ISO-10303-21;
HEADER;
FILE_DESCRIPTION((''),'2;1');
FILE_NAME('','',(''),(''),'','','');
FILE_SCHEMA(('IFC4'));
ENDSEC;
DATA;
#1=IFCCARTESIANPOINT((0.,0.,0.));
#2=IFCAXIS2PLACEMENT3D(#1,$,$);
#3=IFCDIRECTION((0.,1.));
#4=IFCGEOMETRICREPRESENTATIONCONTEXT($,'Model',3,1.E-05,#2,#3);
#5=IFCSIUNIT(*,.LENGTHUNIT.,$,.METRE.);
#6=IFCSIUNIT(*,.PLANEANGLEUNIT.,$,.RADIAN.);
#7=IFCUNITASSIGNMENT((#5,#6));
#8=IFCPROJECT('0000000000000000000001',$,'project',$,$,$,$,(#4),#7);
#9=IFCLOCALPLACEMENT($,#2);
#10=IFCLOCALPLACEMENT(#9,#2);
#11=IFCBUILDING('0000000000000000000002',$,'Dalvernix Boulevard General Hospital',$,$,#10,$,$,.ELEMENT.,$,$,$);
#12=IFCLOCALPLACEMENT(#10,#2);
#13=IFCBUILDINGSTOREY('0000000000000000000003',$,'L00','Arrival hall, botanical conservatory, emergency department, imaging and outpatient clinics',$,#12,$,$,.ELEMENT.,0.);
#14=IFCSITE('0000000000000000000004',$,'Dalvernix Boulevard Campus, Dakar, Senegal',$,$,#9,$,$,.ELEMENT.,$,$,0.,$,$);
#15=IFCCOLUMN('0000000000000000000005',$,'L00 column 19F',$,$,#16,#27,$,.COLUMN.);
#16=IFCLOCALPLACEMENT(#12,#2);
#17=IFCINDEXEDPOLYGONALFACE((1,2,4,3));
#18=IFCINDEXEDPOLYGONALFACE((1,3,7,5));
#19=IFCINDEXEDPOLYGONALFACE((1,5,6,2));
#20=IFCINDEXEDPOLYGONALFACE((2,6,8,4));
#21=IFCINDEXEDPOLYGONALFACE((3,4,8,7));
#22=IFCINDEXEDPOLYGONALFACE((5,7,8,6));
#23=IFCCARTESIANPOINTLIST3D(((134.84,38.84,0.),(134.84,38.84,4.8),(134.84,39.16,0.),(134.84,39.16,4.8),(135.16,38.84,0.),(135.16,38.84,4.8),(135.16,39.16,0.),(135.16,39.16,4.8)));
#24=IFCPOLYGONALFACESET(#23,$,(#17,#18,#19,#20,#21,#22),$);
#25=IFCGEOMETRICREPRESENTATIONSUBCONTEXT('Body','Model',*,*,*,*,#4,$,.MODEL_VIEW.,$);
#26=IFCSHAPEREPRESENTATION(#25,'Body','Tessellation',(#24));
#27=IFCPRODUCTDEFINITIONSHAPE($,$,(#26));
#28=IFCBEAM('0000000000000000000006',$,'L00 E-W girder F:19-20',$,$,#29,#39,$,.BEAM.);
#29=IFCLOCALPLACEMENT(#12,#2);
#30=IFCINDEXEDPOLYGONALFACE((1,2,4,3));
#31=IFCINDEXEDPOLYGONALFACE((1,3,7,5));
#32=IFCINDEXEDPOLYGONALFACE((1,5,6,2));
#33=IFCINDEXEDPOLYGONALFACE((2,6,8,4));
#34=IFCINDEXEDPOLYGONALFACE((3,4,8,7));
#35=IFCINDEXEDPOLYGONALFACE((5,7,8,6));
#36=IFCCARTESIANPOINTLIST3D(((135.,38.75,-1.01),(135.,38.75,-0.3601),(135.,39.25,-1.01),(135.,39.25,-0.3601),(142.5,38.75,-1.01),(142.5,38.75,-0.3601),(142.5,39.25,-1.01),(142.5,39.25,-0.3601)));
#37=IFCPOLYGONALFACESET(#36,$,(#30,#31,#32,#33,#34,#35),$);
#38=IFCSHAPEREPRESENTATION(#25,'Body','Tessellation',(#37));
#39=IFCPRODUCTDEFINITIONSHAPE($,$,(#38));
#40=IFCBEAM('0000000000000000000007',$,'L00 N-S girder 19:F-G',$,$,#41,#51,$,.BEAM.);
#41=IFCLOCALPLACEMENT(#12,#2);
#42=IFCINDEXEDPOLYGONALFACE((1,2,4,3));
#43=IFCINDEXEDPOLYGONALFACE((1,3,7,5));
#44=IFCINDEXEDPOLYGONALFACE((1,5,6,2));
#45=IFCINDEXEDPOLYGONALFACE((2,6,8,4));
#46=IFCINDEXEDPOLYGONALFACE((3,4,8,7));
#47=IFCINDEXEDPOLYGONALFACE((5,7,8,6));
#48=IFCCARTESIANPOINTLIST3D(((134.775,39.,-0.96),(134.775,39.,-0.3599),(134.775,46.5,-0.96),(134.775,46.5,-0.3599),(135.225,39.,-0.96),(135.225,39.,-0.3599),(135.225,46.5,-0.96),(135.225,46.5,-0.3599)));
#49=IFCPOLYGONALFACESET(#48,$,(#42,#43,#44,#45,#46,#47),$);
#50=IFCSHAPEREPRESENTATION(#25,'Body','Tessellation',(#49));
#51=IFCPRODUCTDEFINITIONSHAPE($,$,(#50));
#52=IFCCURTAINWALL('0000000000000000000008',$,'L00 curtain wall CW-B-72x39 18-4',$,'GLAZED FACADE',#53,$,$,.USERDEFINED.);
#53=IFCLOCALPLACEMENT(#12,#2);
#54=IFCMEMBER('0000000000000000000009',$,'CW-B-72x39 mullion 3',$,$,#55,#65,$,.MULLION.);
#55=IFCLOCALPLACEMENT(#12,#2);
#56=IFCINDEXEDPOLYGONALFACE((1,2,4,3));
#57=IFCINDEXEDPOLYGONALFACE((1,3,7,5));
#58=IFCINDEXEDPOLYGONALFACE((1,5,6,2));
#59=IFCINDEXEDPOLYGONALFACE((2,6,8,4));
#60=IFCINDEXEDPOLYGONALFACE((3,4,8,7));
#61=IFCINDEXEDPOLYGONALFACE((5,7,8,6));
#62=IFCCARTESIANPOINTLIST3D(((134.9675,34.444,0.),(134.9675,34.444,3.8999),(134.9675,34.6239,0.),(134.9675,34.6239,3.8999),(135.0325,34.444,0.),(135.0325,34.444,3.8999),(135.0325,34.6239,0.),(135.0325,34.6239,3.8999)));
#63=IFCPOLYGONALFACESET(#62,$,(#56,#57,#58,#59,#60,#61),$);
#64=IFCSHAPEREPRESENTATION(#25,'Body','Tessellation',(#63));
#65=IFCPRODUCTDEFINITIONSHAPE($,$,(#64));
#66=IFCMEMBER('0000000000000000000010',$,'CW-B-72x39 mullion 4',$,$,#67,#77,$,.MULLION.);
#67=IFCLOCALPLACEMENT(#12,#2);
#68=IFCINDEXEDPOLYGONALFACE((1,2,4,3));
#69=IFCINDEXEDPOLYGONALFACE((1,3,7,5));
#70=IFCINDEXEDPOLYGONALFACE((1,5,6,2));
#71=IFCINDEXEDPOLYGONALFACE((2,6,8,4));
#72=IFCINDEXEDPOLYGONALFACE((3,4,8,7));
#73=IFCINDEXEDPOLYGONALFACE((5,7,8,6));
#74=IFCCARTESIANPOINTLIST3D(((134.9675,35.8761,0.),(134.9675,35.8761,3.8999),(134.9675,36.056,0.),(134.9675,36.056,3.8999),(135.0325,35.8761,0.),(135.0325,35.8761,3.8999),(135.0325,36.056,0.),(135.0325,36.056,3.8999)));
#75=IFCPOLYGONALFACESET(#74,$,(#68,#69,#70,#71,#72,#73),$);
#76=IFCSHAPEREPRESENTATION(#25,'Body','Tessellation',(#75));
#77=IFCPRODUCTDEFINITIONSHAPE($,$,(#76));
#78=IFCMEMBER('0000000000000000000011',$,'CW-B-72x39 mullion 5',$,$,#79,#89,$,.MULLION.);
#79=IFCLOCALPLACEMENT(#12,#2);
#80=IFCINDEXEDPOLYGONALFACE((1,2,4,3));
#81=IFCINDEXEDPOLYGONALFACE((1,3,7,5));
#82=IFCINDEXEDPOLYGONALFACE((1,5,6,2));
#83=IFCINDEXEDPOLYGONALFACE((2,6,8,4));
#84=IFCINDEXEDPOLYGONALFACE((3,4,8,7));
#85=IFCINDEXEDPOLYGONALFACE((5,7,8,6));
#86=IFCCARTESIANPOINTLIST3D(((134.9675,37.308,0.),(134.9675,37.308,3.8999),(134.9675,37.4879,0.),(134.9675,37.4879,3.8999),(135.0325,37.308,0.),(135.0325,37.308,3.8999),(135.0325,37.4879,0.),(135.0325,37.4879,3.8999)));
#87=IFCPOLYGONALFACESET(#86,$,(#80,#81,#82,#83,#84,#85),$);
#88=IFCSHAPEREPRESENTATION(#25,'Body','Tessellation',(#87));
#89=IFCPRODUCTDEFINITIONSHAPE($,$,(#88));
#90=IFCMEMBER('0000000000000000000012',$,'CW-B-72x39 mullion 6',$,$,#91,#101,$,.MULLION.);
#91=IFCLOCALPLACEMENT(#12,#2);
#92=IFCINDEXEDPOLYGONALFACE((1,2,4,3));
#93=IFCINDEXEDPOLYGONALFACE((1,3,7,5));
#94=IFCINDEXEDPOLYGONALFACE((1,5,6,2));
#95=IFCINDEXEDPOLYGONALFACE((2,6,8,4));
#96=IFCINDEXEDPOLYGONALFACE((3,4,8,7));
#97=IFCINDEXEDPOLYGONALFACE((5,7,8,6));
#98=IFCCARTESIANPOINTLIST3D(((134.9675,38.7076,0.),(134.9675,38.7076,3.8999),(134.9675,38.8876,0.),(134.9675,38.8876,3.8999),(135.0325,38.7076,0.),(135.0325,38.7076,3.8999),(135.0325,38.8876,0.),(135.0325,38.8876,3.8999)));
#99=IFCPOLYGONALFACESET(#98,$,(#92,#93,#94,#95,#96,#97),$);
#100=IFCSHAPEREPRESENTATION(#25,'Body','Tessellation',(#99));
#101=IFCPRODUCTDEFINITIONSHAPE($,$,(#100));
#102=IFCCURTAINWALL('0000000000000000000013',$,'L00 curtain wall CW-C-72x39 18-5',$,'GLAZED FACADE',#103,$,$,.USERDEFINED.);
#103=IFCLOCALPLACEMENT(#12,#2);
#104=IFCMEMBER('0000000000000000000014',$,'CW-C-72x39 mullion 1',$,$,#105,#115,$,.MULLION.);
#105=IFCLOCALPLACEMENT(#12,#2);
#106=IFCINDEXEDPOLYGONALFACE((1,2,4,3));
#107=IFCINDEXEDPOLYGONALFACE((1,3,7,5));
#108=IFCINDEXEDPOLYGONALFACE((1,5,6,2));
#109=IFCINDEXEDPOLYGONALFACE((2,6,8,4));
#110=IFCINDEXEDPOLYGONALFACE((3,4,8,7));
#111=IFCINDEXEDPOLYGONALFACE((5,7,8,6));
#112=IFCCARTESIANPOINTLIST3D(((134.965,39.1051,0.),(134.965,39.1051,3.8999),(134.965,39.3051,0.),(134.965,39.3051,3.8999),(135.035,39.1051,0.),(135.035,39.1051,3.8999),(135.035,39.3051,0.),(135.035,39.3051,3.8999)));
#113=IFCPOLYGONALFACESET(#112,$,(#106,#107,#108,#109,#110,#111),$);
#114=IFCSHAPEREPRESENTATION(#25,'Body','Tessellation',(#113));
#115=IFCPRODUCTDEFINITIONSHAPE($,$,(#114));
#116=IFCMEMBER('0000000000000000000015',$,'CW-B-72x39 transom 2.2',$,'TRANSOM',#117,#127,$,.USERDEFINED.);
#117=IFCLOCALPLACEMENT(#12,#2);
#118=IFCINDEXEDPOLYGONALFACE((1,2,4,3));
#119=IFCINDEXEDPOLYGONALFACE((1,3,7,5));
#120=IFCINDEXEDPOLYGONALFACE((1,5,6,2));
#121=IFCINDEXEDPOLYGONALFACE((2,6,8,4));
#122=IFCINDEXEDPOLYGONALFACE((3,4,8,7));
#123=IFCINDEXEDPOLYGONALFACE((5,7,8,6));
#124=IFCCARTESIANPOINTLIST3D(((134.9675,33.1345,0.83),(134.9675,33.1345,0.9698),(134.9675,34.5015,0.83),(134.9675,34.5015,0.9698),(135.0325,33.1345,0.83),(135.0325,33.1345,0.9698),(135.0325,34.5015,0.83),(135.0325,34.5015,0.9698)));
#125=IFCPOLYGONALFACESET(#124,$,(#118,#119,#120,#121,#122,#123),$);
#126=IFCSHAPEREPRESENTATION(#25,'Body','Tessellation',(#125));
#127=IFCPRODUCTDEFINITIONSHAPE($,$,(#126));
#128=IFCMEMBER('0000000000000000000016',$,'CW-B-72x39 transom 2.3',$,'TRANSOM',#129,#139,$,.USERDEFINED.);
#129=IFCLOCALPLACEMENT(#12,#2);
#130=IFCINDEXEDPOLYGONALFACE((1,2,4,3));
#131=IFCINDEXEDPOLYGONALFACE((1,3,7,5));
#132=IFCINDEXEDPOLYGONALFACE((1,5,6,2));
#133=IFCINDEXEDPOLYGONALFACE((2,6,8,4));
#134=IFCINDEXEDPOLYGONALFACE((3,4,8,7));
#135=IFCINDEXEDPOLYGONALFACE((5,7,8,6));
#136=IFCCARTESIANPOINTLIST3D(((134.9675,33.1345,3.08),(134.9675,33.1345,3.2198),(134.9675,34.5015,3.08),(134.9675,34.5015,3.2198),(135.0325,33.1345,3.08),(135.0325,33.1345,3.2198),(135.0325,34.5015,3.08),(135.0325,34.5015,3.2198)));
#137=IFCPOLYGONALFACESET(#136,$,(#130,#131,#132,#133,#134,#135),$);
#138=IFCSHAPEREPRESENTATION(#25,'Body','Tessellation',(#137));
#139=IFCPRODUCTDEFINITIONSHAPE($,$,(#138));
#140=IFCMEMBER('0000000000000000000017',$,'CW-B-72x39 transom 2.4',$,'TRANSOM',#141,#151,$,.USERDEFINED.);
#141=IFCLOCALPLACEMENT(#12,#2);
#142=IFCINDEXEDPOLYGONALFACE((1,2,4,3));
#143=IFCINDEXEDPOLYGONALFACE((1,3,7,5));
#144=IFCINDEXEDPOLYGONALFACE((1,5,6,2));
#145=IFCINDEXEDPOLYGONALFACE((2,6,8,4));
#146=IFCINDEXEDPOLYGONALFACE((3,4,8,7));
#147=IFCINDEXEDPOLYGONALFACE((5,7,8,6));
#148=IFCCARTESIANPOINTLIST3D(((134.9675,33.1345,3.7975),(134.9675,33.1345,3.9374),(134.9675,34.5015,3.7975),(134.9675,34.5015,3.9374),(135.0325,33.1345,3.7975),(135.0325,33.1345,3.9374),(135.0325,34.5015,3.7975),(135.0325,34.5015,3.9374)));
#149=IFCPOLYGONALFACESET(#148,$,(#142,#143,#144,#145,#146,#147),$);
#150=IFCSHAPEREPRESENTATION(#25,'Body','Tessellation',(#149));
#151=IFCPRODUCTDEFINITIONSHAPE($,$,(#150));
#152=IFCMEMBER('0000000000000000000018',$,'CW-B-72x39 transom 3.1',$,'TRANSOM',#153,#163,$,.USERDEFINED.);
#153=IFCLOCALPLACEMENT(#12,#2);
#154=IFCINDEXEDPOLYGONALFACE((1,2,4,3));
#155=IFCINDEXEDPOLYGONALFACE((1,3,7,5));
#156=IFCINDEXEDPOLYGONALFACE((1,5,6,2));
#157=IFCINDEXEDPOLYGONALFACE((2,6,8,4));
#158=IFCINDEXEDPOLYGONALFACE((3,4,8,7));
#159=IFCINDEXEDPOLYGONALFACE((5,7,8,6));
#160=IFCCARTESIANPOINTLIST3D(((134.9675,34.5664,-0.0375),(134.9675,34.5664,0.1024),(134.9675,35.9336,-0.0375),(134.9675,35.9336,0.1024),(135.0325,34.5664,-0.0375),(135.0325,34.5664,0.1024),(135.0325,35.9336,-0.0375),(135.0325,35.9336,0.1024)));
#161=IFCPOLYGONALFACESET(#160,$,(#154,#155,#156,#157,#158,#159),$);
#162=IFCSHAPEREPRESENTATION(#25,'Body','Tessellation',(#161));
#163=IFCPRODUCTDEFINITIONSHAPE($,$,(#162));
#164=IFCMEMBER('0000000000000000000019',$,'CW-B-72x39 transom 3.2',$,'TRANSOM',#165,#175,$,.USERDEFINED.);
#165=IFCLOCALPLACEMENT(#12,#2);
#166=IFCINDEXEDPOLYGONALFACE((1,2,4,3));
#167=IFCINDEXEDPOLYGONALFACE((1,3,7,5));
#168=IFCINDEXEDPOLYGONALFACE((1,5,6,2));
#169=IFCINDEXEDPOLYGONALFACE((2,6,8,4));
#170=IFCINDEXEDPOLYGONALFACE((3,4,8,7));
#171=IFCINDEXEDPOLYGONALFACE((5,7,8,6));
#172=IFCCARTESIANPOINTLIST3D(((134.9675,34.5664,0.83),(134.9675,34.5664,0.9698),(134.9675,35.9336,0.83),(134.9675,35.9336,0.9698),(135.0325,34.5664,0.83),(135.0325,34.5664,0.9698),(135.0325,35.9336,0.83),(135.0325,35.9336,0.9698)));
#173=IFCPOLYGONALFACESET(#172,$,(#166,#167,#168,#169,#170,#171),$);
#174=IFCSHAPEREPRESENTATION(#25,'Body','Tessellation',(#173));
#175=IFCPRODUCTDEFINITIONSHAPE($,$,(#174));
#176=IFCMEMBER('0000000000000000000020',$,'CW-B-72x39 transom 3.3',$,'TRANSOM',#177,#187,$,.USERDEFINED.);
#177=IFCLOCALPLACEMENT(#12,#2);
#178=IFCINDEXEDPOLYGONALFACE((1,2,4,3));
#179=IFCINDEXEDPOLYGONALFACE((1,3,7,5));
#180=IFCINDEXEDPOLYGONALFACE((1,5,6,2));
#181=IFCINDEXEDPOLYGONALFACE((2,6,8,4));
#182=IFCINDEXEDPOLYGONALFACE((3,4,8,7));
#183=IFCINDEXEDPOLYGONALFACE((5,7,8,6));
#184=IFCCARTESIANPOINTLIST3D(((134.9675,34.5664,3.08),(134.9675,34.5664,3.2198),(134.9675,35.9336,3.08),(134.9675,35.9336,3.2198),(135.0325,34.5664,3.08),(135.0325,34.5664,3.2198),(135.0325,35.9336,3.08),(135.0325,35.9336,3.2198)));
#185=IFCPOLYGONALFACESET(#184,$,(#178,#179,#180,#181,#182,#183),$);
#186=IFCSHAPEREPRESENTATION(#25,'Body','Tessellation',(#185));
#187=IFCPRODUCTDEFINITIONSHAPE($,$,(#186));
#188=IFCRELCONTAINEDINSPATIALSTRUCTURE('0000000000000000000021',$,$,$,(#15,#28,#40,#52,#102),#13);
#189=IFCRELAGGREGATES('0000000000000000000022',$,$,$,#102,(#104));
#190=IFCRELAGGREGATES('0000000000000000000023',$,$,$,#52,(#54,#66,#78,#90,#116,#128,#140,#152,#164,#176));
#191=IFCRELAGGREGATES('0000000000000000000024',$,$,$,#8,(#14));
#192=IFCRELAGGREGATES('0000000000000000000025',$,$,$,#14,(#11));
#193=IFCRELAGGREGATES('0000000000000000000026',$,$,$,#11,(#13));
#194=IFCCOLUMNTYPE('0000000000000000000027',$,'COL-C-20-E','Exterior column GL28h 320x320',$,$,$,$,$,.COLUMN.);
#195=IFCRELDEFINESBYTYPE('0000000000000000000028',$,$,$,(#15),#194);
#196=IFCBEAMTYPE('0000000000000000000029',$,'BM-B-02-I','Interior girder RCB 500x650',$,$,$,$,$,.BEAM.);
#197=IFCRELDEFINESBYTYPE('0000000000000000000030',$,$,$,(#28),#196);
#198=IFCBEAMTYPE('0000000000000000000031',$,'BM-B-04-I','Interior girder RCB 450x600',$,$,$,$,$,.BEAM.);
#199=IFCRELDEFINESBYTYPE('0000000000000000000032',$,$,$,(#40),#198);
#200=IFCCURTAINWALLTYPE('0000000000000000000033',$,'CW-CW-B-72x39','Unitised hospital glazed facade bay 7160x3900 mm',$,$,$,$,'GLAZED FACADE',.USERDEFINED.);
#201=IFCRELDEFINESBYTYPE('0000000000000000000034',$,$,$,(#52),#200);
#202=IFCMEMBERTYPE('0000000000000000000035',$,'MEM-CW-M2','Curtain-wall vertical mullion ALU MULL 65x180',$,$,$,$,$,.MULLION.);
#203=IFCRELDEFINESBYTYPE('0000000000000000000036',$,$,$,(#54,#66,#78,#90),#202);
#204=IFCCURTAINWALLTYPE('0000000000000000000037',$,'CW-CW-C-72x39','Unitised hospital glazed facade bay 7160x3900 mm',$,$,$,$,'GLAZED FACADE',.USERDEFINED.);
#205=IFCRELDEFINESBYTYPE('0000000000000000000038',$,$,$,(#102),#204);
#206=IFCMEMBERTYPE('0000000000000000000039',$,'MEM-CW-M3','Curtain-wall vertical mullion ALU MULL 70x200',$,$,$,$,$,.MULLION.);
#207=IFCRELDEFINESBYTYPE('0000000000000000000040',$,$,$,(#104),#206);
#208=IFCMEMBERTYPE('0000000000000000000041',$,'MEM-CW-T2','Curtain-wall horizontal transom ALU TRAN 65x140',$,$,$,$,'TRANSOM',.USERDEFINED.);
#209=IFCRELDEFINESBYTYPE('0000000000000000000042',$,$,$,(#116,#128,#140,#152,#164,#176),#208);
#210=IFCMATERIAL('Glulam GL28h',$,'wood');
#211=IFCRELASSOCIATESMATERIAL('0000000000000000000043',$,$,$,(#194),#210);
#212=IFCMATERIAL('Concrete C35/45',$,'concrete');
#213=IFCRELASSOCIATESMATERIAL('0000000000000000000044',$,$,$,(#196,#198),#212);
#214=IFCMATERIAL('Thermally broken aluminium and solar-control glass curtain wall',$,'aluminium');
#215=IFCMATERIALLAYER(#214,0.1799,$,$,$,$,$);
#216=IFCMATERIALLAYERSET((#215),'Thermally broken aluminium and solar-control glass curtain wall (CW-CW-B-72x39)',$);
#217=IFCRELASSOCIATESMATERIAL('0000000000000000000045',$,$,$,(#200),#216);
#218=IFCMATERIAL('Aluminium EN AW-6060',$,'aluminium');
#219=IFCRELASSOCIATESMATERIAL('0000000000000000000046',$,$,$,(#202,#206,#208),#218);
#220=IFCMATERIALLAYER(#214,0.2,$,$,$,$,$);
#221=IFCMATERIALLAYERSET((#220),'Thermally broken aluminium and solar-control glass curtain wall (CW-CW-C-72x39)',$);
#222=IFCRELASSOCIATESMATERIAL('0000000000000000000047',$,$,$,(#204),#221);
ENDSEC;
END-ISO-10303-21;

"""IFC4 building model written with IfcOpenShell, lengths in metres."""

from ifc_helpers import new_model, si_unit, direction, frame, origin, origin_2d, place, context, subcontext, project, spatial, rectangle, extrude, material, layer, layer_set, material_profile, profile_set, type_object, element, aggregate, save


model = new_model("IFC4")

# Units and contexts
model_context = context("Model", 3, precision=1e-05, world=origin(), true_north=direction((0.0, 1.0)))
body_context = subcontext(model_context, "Body", "Model", "MODEL_VIEW")
ifc_project = project(units=[si_unit("LENGTHUNIT", "METRE"), si_unit("PLANEANGLEUNIT", "RADIAN")], contexts=[model_context])

# Site, building, storey
site_placement = place(None, origin())
site = spatial("IfcSite", under=ifc_project, at=site_placement, Name="Dalvernix Boulevard Campus, Dakar, Senegal", CompositionType="ELEMENT", RefElevation=0.0)
building_placement = place(site_placement, origin())
building = spatial("IfcBuilding", under=site, at=building_placement, Name="Dalvernix Boulevard General Hospital", CompositionType="ELEMENT")
storey_placement = place(building_placement, origin())
storey = spatial("IfcBuildingStorey", under=building, at=storey_placement, Name="L00", Description="Arrival hall, botanical conservatory, emergency department, imaging and outpatient clinics", CompositionType="ELEMENT", Elevation=0.0)

# Column
ifc_material_1 = material(Name="Glulam GL28h", Category="wood")
ifc_material_profile_1 = material_profile(ifc_material_1, rectangle(XDim=0.3201, YDim=0.3201, at=origin_2d()), Name="GL28h 320x320")
ifc_profile_set_1 = profile_set([ifc_material_profile_1], Name="Glulam GL28h")
column_type = type_object("IfcColumnType", Name="COL-C-20-E", Description="Exterior column GL28h 320x320", PredefinedType="COLUMN", material=ifc_profile_set_1)
column_placement = place(storey_placement, frame((135.0, 39.0, 0.0), z_axis=(0.0, 0.0, 1.0), x_axis=(1.0, 0.0, 0.0)))
element("IfcColumn", 1, at=column_placement, inside=storey, type_object=column_type, Name="L00 column 19F", PredefinedType="COLUMN", context=body_context, shape_type="SweptSolid", body=[
    extrude(rectangle(XDim=0.3201, YDim=0.3201, at=origin_2d()), origin(), (0.0, 0.0, 1.0), 4.8),
])

# Beams
ifc_material_2 = material(Name="Concrete C35/45", Category="concrete")
ifc_material_profile_2 = material_profile(ifc_material_2, rectangle(XDim=0.5, YDim=0.6499, at=origin_2d()), Name="RCB 500x650")
ifc_profile_set_2 = profile_set([ifc_material_profile_2], Name="Concrete C35/45")
beam_type_1 = type_object("IfcBeamType", Name="BM-B-02-I", Description="Interior girder RCB 500x650", PredefinedType="BEAM", material=ifc_profile_set_2)
beam_1_placement = place(storey_placement, frame((135.0, 39.0, -0.6851), z_axis=(1.0, 0.0, 0.0), x_axis=(0.0, 1.0, 0.0)))
element("IfcBeam", 2, at=beam_1_placement, inside=storey, type_object=beam_type_1, Name="L00 E-W girder F:19-20", PredefinedType="BEAM", context=body_context, shape_type="SweptSolid", body=[
    extrude(rectangle(XDim=0.5, YDim=0.6499, at=origin_2d()), origin(), (0.0, 0.0, 1.0), 7.5),
])
ifc_material_profile_3 = material_profile(ifc_material_2, rectangle(XDim=0.45, YDim=0.6001, at=origin_2d()), Name="RCB 450x600")
ifc_profile_set_3 = profile_set([ifc_material_profile_3], Name="Concrete C35/45")
beam_type_2 = type_object("IfcBeamType", Name="BM-B-04-I", Description="Interior girder RCB 450x600", PredefinedType="BEAM", material=ifc_profile_set_3)
beam_2_placement = place(storey_placement, frame((135.0, 39.0, -0.6599), z_axis=(0.0, 1.0, 0.0), x_axis=(-1.0, 0.0, 0.0)))
element("IfcBeam", 3, at=beam_2_placement, inside=storey, type_object=beam_type_2, Name="L00 N-S girder 19:F-G", PredefinedType="BEAM", context=body_context, shape_type="SweptSolid", body=[
    extrude(rectangle(XDim=0.45, YDim=0.6001, at=origin_2d()), origin(), (0.0, 0.0, 1.0), 7.5),
])

# Curtain wall, members
ifc_material_3 = material(Name="Thermally broken aluminium and solar-control glass curtain wall", Category="aluminium")
ifc_layer_1 = layer(ifc_material_3, 0.1799)
ifc_layer_set_1 = layer_set([ifc_layer_1], Name="Thermally broken aluminium and solar-control glass curtain wall (CW-CW-B-72x39)")
curtain_wall_type_1 = type_object("IfcCurtainWallType", Name="CW-CW-B-72x39", Description="Unitised hospital glazed facade bay 7160x3900 mm", ElementType="GLAZED FACADE", PredefinedType="USERDEFINED", material=ifc_layer_set_1)
curtain_wall_1_placement = place(storey_placement, origin())
curtain_wall_1 = element("IfcCurtainWall", 4, at=curtain_wall_1_placement, inside=storey, type_object=curtain_wall_type_1, Name="L00 curtain wall CW-B-72x39 18-4", ObjectType="GLAZED FACADE", PredefinedType="USERDEFINED")
ifc_material_4 = material(Name="Aluminium EN AW-6060", Category="aluminium")
ifc_material_profile_4 = material_profile(ifc_material_4, rectangle(XDim=0.0649, YDim=0.1799, at=origin_2d()), Name="ALU MULL 65x180")
ifc_profile_set_4 = profile_set([ifc_material_profile_4], Name="Aluminium EN AW-6060")
member_type_1 = type_object("IfcMemberType", Name="MEM-CW-M2", Description="Curtain-wall vertical mullion ALU MULL 65x180", PredefinedType="MULLION", material=ifc_profile_set_4)
member_1_placement = place(storey_placement, frame((135.0, 34.5339, 0.0), z_axis=(0.0, 0.0, 1.0), x_axis=(-1.0, 0.0, 0.0)))
member_1 = element("IfcMember", 5, at=member_1_placement, type_object=member_type_1, Name="CW-B-72x39 mullion 3", PredefinedType="MULLION", context=body_context, shape_type="SweptSolid", body=[
    extrude(rectangle(XDim=0.0649, YDim=0.1799, at=origin_2d()), origin(), (0.0, 0.0, 1.0), 3.8999),
])
member_2_placement = place(storey_placement, frame((135.0, 35.9661, 0.0), z_axis=(0.0, 0.0, 1.0), x_axis=(-1.0, 0.0, 0.0)))
member_2 = element("IfcMember", 6, at=member_2_placement, type_object=member_type_1, Name="CW-B-72x39 mullion 4", PredefinedType="MULLION", context=body_context, shape_type="SweptSolid", body=[
    extrude(rectangle(XDim=0.0649, YDim=0.1799, at=origin_2d()), origin(), (0.0, 0.0, 1.0), 3.8999),
])
member_3_placement = place(storey_placement, frame((135.0, 37.3979, 0.0), z_axis=(0.0, 0.0, 1.0), x_axis=(-1.0, 0.0, 0.0)))
member_3 = element("IfcMember", 7, at=member_3_placement, type_object=member_type_1, Name="CW-B-72x39 mullion 5", PredefinedType="MULLION", context=body_context, shape_type="SweptSolid", body=[
    extrude(rectangle(XDim=0.0649, YDim=0.1799, at=origin_2d()), origin(), (0.0, 0.0, 1.0), 3.8999),
])
member_4_placement = place(storey_placement, frame((135.0, 38.7976, 0.0), z_axis=(0.0, 0.0, 1.0), x_axis=(-1.0, 0.0, 0.0)))
member_4 = element("IfcMember", 8, at=member_4_placement, type_object=member_type_1, Name="CW-B-72x39 mullion 6", PredefinedType="MULLION", context=body_context, shape_type="SweptSolid", body=[
    extrude(rectangle(XDim=0.0649, YDim=0.1799, at=origin_2d()), origin(), (0.0, 0.0, 1.0), 3.8999),
])

# Curtain wall, member
ifc_layer_2 = layer(ifc_material_3, 0.2)
ifc_layer_set_2 = layer_set([ifc_layer_2], Name="Thermally broken aluminium and solar-control glass curtain wall (CW-CW-C-72x39)")
curtain_wall_type_2 = type_object("IfcCurtainWallType", Name="CW-CW-C-72x39", Description="Unitised hospital glazed facade bay 7160x3900 mm", ElementType="GLAZED FACADE", PredefinedType="USERDEFINED", material=ifc_layer_set_2)
curtain_wall_2_placement = place(storey_placement, origin())
curtain_wall_2 = element("IfcCurtainWall", 9, at=curtain_wall_2_placement, inside=storey, type_object=curtain_wall_type_2, Name="L00 curtain wall CW-C-72x39 18-5", ObjectType="GLAZED FACADE", PredefinedType="USERDEFINED")
ifc_material_profile_5 = material_profile(ifc_material_4, rectangle(XDim=0.0701, YDim=0.2, at=origin_2d()), Name="ALU MULL 70x200")
ifc_profile_set_5 = profile_set([ifc_material_profile_5], Name="Aluminium EN AW-6060")
member_type_2 = type_object("IfcMemberType", Name="MEM-CW-M3", Description="Curtain-wall vertical mullion ALU MULL 70x200", PredefinedType="MULLION", material=ifc_profile_set_5)
member_5_placement = place(storey_placement, frame((135.0, 39.2051, 0.0), z_axis=(0.0, 0.0, 1.0), x_axis=(-1.0, 0.0, 0.0)))
member_5 = element("IfcMember", 10, at=member_5_placement, type_object=member_type_2, Name="CW-C-72x39 mullion 1", PredefinedType="MULLION", context=body_context, shape_type="SweptSolid", body=[
    extrude(rectangle(XDim=0.0701, YDim=0.2, at=origin_2d()), origin(), (0.0, 0.0, 1.0), 3.8999),
])

# Members
ifc_material_profile_6 = material_profile(ifc_material_4, rectangle(XDim=0.0649, YDim=0.1399, at=origin_2d()), Name="ALU TRAN 65x140")
ifc_profile_set_6 = profile_set([ifc_material_profile_6], Name="Aluminium EN AW-6060")
member_type_3 = type_object("IfcMemberType", Name="MEM-CW-T2", Description="Curtain-wall horizontal transom ALU TRAN 65x140", ElementType="TRANSOM", PredefinedType="USERDEFINED", material=ifc_profile_set_6)
member_6_placement = place(storey_placement, frame((135.0, 33.1345, 0.8999), z_axis=(0.0, 1.0, 0.0), x_axis=(-1.0, 0.0, 0.0)))
member_6 = element("IfcMember", 11, at=member_6_placement, type_object=member_type_3, Name="CW-B-72x39 transom 2.2", ObjectType="TRANSOM", PredefinedType="USERDEFINED", context=body_context, shape_type="SweptSolid", body=[
    extrude(rectangle(XDim=0.0649, YDim=0.1399, at=origin_2d()), origin(), (0.0, 0.0, 1.0), 1.3669),
])
member_7_placement = place(storey_placement, frame((135.0, 33.1345, 3.1499), z_axis=(0.0, 1.0, 0.0), x_axis=(-1.0, 0.0, 0.0)))
member_7 = element("IfcMember", 12, at=member_7_placement, type_object=member_type_3, Name="CW-B-72x39 transom 2.3", ObjectType="TRANSOM", PredefinedType="USERDEFINED", context=body_context, shape_type="SweptSolid", body=[
    extrude(rectangle(XDim=0.0649, YDim=0.1399, at=origin_2d()), origin(), (0.0, 0.0, 1.0), 1.3669),
])
member_8_placement = place(storey_placement, frame((135.0, 33.1345, 3.8674), z_axis=(0.0, 1.0, 0.0), x_axis=(-1.0, 0.0, 0.0)))
member_8 = element("IfcMember", 13, at=member_8_placement, type_object=member_type_3, Name="CW-B-72x39 transom 2.4", ObjectType="TRANSOM", PredefinedType="USERDEFINED", context=body_context, shape_type="SweptSolid", body=[
    extrude(rectangle(XDim=0.0649, YDim=0.1399, at=origin_2d()), origin(), (0.0, 0.0, 1.0), 1.3669),
])
member_9_placement = place(storey_placement, frame((135.0, 34.5664, 0.0325), z_axis=(0.0, 1.0, 0.0), x_axis=(-1.0, 0.0, 0.0)))
member_9 = element("IfcMember", 14, at=member_9_placement, type_object=member_type_3, Name="CW-B-72x39 transom 3.1", ObjectType="TRANSOM", PredefinedType="USERDEFINED", context=body_context, shape_type="SweptSolid", body=[
    extrude(rectangle(XDim=0.0649, YDim=0.1399, at=origin_2d()), origin(), (0.0, 0.0, 1.0), 1.3672),
])
member_10_placement = place(storey_placement, frame((135.0, 34.5664, 0.8999), z_axis=(0.0, 1.0, 0.0), x_axis=(-1.0, 0.0, 0.0)))
member_10 = element("IfcMember", 15, at=member_10_placement, type_object=member_type_3, Name="CW-B-72x39 transom 3.2", ObjectType="TRANSOM", PredefinedType="USERDEFINED", context=body_context, shape_type="SweptSolid", body=[
    extrude(rectangle(XDim=0.0649, YDim=0.1399, at=origin_2d()), origin(), (0.0, 0.0, 1.0), 1.3672),
])
member_11_placement = place(storey_placement, frame((135.0, 34.5664, 3.1499), z_axis=(0.0, 1.0, 0.0), x_axis=(-1.0, 0.0, 0.0)))
member_11 = element("IfcMember", 16, at=member_11_placement, type_object=member_type_3, Name="CW-B-72x39 transom 3.3", ObjectType="TRANSOM", PredefinedType="USERDEFINED", context=body_context, shape_type="SweptSolid", body=[
    extrude(rectangle(XDim=0.0649, YDim=0.1399, at=origin_2d()), origin(), (0.0, 0.0, 1.0), 1.3672),
])
aggregate(curtain_wall_2, [member_5])

aggregate(curtain_wall_1, [member_1, member_2, member_3, member_4, member_6, member_7, member_8, member_9, member_10, member_11])

save(model, "model.ifc")
